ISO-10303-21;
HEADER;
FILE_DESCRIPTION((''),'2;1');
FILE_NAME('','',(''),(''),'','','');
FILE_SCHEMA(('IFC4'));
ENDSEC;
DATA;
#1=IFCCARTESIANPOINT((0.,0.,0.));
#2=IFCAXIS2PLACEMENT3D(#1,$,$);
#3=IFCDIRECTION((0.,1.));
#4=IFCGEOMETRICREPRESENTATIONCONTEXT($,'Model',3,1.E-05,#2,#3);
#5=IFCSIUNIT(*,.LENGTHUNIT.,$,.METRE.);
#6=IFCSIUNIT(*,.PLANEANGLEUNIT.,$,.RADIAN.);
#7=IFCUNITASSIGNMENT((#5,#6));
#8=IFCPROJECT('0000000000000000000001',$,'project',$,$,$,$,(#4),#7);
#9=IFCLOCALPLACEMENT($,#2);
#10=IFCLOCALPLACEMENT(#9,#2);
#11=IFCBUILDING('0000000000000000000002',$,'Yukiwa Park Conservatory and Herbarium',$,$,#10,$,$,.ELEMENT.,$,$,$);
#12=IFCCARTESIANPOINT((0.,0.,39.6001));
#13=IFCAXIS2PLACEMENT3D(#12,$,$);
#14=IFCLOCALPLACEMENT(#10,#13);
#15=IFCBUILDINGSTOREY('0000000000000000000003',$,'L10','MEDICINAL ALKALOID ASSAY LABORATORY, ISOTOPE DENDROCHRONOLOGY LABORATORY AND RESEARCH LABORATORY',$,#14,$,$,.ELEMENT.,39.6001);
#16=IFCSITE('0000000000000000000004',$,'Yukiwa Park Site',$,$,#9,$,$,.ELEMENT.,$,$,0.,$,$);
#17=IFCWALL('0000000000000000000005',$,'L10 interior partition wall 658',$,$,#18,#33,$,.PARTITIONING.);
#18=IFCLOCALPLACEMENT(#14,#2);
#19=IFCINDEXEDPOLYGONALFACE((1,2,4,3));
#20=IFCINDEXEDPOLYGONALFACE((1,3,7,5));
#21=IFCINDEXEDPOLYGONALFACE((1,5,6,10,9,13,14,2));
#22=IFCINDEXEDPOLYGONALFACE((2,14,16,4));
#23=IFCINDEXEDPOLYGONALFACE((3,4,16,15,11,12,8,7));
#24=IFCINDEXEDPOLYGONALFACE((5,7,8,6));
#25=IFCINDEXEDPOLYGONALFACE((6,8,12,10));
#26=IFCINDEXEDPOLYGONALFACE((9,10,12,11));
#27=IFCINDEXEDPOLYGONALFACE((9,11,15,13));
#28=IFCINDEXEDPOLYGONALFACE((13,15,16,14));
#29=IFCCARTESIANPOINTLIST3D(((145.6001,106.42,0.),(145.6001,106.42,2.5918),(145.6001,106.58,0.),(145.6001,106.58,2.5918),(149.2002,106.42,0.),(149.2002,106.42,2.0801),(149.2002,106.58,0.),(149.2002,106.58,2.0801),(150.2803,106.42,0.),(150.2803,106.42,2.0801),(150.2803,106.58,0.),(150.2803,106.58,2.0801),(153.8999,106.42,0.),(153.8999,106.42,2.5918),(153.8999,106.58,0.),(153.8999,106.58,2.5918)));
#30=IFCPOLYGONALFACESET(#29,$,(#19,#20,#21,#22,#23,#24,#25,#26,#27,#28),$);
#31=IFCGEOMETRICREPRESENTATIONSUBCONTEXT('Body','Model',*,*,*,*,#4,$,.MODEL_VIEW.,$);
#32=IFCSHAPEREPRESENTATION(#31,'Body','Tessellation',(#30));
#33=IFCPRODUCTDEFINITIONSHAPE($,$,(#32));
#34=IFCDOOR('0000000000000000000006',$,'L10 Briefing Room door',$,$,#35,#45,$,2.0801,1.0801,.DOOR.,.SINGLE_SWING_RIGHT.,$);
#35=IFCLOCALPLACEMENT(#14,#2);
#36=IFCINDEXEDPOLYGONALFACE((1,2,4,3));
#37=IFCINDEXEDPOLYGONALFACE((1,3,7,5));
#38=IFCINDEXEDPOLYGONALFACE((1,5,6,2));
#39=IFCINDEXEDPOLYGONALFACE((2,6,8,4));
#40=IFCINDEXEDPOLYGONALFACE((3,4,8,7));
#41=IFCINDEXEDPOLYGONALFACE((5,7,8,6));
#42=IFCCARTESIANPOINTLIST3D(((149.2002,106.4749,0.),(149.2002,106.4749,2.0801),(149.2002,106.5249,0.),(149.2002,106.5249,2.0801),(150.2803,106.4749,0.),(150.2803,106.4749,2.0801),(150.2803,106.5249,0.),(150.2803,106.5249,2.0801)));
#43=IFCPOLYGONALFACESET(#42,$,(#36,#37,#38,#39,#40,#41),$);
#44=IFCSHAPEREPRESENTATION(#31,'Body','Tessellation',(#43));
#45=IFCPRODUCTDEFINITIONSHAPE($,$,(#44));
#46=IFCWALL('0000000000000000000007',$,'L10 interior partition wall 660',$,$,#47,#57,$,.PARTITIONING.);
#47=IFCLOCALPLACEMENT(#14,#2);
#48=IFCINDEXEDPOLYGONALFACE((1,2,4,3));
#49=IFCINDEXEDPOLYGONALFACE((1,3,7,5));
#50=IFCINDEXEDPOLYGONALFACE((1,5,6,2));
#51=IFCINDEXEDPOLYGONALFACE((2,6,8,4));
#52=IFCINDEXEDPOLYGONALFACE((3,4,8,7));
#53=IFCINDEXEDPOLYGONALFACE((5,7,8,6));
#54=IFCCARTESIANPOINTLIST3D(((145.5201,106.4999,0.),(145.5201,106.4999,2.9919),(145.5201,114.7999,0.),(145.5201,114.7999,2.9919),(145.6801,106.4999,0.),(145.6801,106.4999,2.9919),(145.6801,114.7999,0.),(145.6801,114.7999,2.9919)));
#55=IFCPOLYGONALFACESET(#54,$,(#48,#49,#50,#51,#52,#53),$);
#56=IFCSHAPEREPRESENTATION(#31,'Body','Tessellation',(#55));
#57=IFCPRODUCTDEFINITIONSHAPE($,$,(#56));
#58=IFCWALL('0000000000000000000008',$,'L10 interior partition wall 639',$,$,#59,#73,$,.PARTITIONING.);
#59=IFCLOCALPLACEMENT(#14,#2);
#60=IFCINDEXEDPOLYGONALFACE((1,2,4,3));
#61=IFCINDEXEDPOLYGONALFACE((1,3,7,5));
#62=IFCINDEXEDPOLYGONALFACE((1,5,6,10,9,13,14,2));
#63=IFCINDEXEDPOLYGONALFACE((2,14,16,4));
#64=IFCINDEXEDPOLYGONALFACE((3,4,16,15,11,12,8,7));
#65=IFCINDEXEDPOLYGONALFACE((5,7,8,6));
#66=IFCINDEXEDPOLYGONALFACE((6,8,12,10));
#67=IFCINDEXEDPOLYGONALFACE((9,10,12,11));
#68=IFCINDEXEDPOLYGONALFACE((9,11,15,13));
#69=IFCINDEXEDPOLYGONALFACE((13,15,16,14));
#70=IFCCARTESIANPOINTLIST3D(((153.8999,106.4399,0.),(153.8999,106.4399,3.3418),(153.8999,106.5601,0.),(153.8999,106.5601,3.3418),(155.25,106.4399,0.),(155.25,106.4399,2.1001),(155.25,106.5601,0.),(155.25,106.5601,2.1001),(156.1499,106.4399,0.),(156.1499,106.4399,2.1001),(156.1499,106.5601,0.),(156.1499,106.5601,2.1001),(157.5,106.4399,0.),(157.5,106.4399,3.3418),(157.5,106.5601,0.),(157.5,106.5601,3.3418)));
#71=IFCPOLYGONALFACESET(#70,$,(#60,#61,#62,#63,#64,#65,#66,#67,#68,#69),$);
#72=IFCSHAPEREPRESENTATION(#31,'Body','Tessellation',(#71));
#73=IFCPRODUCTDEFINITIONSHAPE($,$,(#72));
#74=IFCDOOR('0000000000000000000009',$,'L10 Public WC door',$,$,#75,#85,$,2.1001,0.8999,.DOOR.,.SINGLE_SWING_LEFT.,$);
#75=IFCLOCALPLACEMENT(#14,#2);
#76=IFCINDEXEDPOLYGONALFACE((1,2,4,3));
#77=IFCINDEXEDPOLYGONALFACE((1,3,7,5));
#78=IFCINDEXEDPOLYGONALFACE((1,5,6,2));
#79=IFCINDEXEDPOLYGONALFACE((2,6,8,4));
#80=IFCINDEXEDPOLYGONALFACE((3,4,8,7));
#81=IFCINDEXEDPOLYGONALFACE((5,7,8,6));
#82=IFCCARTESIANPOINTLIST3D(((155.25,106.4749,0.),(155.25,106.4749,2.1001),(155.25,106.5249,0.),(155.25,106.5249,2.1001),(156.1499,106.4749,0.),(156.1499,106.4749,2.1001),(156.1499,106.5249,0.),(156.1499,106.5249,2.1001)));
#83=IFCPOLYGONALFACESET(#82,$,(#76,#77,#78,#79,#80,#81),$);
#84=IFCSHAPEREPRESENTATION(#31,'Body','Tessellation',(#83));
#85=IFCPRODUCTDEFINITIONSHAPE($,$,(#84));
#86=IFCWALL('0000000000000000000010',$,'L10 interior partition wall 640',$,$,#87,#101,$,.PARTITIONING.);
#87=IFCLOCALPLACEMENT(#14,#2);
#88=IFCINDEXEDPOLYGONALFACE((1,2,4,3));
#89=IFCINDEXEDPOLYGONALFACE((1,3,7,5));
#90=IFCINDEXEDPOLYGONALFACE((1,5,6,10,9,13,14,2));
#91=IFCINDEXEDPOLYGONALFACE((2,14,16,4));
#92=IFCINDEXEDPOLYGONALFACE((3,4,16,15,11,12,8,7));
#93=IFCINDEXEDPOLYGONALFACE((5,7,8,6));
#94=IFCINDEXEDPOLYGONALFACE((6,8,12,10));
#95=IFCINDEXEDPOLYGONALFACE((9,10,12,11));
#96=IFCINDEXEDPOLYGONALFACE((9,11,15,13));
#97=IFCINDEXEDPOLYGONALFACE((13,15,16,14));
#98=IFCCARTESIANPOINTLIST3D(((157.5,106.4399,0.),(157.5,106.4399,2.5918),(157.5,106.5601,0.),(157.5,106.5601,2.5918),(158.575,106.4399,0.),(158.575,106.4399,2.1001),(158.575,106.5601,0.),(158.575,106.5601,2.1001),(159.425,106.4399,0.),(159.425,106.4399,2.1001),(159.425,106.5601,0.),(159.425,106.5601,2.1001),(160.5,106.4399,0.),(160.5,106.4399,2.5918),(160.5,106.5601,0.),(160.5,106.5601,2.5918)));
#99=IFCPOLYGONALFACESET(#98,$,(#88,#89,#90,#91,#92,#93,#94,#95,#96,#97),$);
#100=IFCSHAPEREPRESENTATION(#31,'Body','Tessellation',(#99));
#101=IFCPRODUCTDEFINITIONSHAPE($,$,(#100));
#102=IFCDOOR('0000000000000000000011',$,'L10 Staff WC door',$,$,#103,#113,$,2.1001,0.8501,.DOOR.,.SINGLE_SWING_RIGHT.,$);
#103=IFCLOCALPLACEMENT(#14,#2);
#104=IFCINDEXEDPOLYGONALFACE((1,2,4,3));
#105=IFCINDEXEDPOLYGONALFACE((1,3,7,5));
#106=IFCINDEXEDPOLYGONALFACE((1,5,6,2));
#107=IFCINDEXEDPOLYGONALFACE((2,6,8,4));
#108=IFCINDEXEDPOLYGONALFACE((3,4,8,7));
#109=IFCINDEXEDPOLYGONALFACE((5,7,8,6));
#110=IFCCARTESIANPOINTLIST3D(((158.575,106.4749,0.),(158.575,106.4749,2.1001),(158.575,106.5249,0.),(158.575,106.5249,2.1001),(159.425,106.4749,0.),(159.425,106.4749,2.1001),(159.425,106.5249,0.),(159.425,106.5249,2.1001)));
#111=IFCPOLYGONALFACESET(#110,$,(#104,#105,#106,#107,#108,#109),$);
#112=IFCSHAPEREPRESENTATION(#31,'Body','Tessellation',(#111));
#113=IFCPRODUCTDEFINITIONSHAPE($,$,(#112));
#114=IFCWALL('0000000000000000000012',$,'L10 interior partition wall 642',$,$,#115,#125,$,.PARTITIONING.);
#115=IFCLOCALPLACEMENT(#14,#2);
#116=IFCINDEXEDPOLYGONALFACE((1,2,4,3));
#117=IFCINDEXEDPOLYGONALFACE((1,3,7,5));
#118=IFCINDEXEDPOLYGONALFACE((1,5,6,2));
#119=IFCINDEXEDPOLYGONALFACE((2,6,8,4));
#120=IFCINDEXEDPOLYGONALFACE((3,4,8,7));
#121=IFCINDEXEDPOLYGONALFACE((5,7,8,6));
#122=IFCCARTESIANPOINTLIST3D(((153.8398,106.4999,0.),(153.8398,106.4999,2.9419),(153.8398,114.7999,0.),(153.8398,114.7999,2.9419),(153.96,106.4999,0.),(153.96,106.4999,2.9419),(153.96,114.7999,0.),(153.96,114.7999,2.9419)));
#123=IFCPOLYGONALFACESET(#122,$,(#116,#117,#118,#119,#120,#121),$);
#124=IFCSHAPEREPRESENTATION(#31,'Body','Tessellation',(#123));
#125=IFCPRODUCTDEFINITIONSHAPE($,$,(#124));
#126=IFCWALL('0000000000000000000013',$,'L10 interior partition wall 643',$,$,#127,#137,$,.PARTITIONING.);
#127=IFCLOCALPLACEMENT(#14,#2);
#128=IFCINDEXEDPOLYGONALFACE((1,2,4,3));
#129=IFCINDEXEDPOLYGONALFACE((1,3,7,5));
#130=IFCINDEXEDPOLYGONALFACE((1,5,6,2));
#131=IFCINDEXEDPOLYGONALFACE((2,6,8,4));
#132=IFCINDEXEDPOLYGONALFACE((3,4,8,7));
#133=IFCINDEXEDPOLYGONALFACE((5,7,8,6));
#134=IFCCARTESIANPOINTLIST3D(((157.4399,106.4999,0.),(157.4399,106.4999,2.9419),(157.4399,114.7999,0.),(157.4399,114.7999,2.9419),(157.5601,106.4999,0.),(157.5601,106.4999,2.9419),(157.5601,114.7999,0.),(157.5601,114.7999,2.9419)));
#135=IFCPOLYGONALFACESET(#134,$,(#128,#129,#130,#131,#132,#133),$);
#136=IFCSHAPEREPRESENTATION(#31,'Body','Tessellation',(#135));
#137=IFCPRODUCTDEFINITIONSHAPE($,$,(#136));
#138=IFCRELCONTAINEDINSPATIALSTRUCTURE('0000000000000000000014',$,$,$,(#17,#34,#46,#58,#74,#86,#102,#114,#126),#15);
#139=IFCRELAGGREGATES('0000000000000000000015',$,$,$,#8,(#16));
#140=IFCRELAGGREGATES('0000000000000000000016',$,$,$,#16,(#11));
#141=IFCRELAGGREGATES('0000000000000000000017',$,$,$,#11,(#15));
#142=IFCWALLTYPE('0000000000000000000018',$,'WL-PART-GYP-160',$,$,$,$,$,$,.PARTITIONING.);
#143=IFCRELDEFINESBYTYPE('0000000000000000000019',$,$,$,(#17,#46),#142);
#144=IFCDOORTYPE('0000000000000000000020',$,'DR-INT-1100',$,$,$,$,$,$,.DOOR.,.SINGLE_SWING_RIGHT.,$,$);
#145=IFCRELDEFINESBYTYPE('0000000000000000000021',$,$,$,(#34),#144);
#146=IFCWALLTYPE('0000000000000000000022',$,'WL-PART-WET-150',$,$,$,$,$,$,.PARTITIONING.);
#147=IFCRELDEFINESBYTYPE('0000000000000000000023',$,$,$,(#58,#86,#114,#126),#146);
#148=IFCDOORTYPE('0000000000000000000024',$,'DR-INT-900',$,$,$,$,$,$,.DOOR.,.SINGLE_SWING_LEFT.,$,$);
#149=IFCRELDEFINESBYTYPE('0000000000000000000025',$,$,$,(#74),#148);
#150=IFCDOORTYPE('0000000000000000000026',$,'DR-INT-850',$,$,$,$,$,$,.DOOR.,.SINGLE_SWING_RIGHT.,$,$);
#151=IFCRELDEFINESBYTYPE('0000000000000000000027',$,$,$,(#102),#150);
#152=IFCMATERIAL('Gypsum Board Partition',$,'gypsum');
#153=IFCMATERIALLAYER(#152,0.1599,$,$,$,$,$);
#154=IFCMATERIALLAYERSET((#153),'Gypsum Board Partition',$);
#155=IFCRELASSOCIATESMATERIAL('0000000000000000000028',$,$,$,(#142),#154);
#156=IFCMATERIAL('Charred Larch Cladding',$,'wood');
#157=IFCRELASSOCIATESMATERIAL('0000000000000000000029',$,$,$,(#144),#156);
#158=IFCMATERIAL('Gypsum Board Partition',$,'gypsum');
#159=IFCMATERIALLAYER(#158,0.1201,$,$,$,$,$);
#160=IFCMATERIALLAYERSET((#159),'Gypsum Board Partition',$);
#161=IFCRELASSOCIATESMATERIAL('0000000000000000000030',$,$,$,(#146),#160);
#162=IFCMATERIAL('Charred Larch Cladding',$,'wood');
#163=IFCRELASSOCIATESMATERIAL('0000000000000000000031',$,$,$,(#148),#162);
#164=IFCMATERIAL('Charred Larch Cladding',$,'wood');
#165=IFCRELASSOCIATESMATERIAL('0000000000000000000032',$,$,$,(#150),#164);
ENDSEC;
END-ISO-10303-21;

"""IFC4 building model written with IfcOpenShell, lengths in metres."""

from ifc_helpers import new_model, si_unit, direction, frame, frame_2d, origin, place, context, subcontext, project, spatial, rectangle, extrude, material, layer, layer_set, type_object, element, fill, save


model = new_model("IFC4")

# Units and contexts
model_context = context("Model", 3, precision=1e-05, world=origin(), true_north=direction((0.0, 1.0)))
body_context = subcontext(model_context, "Body", "Model", "MODEL_VIEW")
ifc_project = project(units=[si_unit("LENGTHUNIT", "METRE"), si_unit("PLANEANGLEUNIT", "RADIAN")], contexts=[model_context])

# Site, building, storey
site_placement = place(None, origin())
site = spatial("IfcSite", under=ifc_project, at=site_placement, Name="Yukiwa Park Site", CompositionType="ELEMENT", RefElevation=0.0)
building_placement = place(site_placement, origin())
building = spatial("IfcBuilding", under=site, at=building_placement, Name="Yukiwa Park Conservatory and Herbarium", CompositionType="ELEMENT")
storey_placement = place(building_placement, frame((0.0, 0.0, 39.6001)))
storey = spatial("IfcBuildingStorey", under=building, at=storey_placement, Name="L10", Description="MEDICINAL ALKALOID ASSAY LABORATORY, ISOTOPE DENDROCHRONOLOGY LABORATORY AND RESEARCH LABORATORY", CompositionType="ELEMENT", Elevation=39.6001)

# Wall, opening, door
ifc_material_1 = material(Name="Gypsum Board Partition", Category="gypsum")
ifc_layer_1 = layer(ifc_material_1, 0.1599)
ifc_layer_set_1 = layer_set([ifc_layer_1], Name="Gypsum Board Partition")
wall_type_1 = type_object("IfcWallType", Name="WL-PART-GYP-160", PredefinedType="PARTITIONING", material=ifc_layer_set_1)
wall_1_placement = place(storey_placement, frame((145.6001, 106.5, 0.0), z_axis=(0.0, 0.0, 1.0), x_axis=(1.0, 0.0, 0.0)))
wall_1 = element("IfcWall", 1, at=wall_1_placement, inside=storey, type_object=wall_type_1, Name="L10 interior partition wall 658", PredefinedType="PARTITIONING", context=body_context, shape_type="SweptSolid", body=[
    extrude(rectangle(XDim=8.2998, YDim=0.1599, at=frame_2d((4.1499, 0.0))), origin(), (0.0, 0.0, 1.0), 2.5918),
])
opening_1_placement = place(wall_1_placement, frame((3.6001, 0.0, 0.0)))
opening_1 = element("IfcOpeningElement", 2, at=opening_1_placement, cuts=wall_1, PredefinedType="OPENING", context=body_context, shape_type="SweptSolid", body=[
    extrude(rectangle(XDim=1.0801, YDim=2.0801, at=frame_2d((0.54, 1.04))), frame((0.0, 0.0898, 0.0), z_axis=(0.0, -1.0, 0.0), x_axis=(1.0, 0.0, 0.0)), (0.0, 0.0, 1.0), 0.1799),
])
ifc_material_2 = material(Name="Charred Larch Cladding", Category="wood")
door_type_1 = type_object("IfcDoorType", Name="DR-INT-1100", OperationType="SINGLE_SWING_RIGHT", PredefinedType="DOOR", material=ifc_material_2)
door_1_placement = place(opening_1_placement, origin())
door_1 = element("IfcDoor", 3, at=door_1_placement, inside=storey, type_object=door_type_1, Name="L10 Briefing Room door", OperationType="SINGLE_SWING_RIGHT", OverallHeight=2.0801, OverallWidth=1.0801, PredefinedType="DOOR", context=body_context, shape_type="SweptSolid", body=[
    extrude(rectangle(XDim=1.0801, YDim=2.0801, at=frame_2d((0.54, 1.04))), frame((0.0, 0.0249, 0.0), z_axis=(0.0, -1.0, 0.0), x_axis=(1.0, 0.0, 0.0)), (0.0, 0.0, 1.0), 0.05),
])
fill(opening_1, door_1)

# Wall
wall_2_placement = place(storey_placement, frame((145.6001, 106.5, 0.0), z_axis=(0.0, 0.0, 1.0), x_axis=(0.0, 1.0, 0.0)))
element("IfcWall", 4, at=wall_2_placement, inside=storey, type_object=wall_type_1, Name="L10 interior partition wall 660", PredefinedType="PARTITIONING", context=body_context, shape_type="SweptSolid", body=[
    extrude(rectangle(XDim=8.3, YDim=0.1599, at=frame_2d((4.1499, 0.0))), origin(), (0.0, 0.0, 1.0), 2.9919),
])

# Walls, openings, doors
ifc_material_3 = material(Name="Gypsum Board Partition", Category="gypsum")
ifc_layer_2 = layer(ifc_material_3, 0.1201)
ifc_layer_set_2 = layer_set([ifc_layer_2], Name="Gypsum Board Partition")
wall_type_2 = type_object("IfcWallType", Name="WL-PART-WET-150", PredefinedType="PARTITIONING", material=ifc_layer_set_2)
wall_3_placement = place(storey_placement, frame((153.8999, 106.5, 0.0), z_axis=(0.0, 0.0, 1.0), x_axis=(1.0, 0.0, 0.0)))
wall_3 = element("IfcWall", 5, at=wall_3_placement, inside=storey, type_object=wall_type_2, Name="L10 interior partition wall 639", PredefinedType="PARTITIONING", context=body_context, shape_type="SweptSolid", body=[
    extrude(rectangle(XDim=3.6001, YDim=0.1201, at=frame_2d((1.8, 0.0))), origin(), (0.0, 0.0, 1.0), 3.3418),
])
opening_2_placement = place(wall_3_placement, frame((1.3501, 0.0, 0.0)))
opening_2 = element("IfcOpeningElement", 6, at=opening_2_placement, cuts=wall_3, PredefinedType="OPENING", context=body_context, shape_type="SweptSolid", body=[
    extrude(rectangle(XDim=0.8999, YDim=2.1001, at=frame_2d((0.45, 1.05))), frame((0.0, 0.0701, 0.0), z_axis=(0.0, -1.0, 0.0), x_axis=(1.0, 0.0, 0.0)), (0.0, 0.0, 1.0), 0.1401),
])
ifc_material_4 = material(Name="Charred Larch Cladding", Category="wood")
door_type_2 = type_object("IfcDoorType", Name="DR-INT-900", OperationType="SINGLE_SWING_LEFT", PredefinedType="DOOR", material=ifc_material_4)
door_2_placement = place(opening_2_placement, origin())
door_2 = element("IfcDoor", 7, at=door_2_placement, inside=storey, type_object=door_type_2, Name="L10 Public WC door", OperationType="SINGLE_SWING_LEFT", OverallHeight=2.1001, OverallWidth=0.8999, PredefinedType="DOOR", context=body_context, shape_type="SweptSolid", body=[
    extrude(rectangle(XDim=0.8999, YDim=2.1001, at=frame_2d((0.45, 1.05))), frame((0.0, 0.0249, 0.0), z_axis=(0.0, -1.0, 0.0), x_axis=(1.0, 0.0, 0.0)), (0.0, 0.0, 1.0), 0.05),
])
fill(opening_2, door_2)
wall_4_placement = place(storey_placement, frame((157.5, 106.5, 0.0), z_axis=(0.0, 0.0, 1.0), x_axis=(1.0, 0.0, 0.0)))
wall_4 = element("IfcWall", 8, at=wall_4_placement, inside=storey, type_object=wall_type_2, Name="L10 interior partition wall 640", PredefinedType="PARTITIONING", context=body_context, shape_type="SweptSolid", body=[
    extrude(rectangle(XDim=3.0, YDim=0.1201, at=frame_2d((1.5, 0.0))), origin(), (0.0, 0.0, 1.0), 2.5918),
])
opening_3_placement = place(wall_4_placement, frame((1.075, 0.0, 0.0)))
opening_3 = element("IfcOpeningElement", 9, at=opening_3_placement, cuts=wall_4, PredefinedType="OPENING", context=body_context, shape_type="SweptSolid", body=[
    extrude(rectangle(XDim=0.8501, YDim=2.1001, at=frame_2d((0.425, 1.05))), frame((0.0, 0.0701, 0.0), z_axis=(0.0, -1.0, 0.0), x_axis=(1.0, 0.0, 0.0)), (0.0, 0.0, 1.0), 0.1401),
])
ifc_material_5 = material(Name="Charred Larch Cladding", Category="wood")
door_type_3 = type_object("IfcDoorType", Name="DR-INT-850", OperationType="SINGLE_SWING_RIGHT", PredefinedType="DOOR", material=ifc_material_5)
door_3_placement = place(opening_3_placement, origin())
door_3 = element("IfcDoor", 10, at=door_3_placement, inside=storey, type_object=door_type_3, Name="L10 Staff WC door", OperationType="SINGLE_SWING_RIGHT", OverallHeight=2.1001, OverallWidth=0.8501, PredefinedType="DOOR", context=body_context, shape_type="SweptSolid", body=[
    extrude(rectangle(XDim=0.8501, YDim=2.1001, at=frame_2d((0.425, 1.05))), frame((0.0, 0.0249, 0.0), z_axis=(0.0, -1.0, 0.0), x_axis=(1.0, 0.0, 0.0)), (0.0, 0.0, 1.0), 0.05),
])
fill(opening_3, door_3)

# Walls
for number, where, z_axis, x_axis, name in (
    (11, (153.8999, 106.5, 0.0), (0.0, 0.0, 1.0), (0.0, 1.0, 0.0), "L10 interior partition wall 642"),
    (12, (157.5, 106.5, 0.0), (0.0, 0.0, 1.0), (0.0, 1.0, 0.0), "L10 interior partition wall 643"),
):
    element("IfcWall", number, at=place(storey_placement, frame(where, z_axis=z_axis, x_axis=x_axis)), inside=storey, type_object=wall_type_2, Name=name, PredefinedType="PARTITIONING", context=body_context, shape_type="SweptSolid", body=[
        extrude(rectangle(XDim=8.3, YDim=0.1201, at=frame_2d((4.1499, 0.0))), origin(), (0.0, 0.0, 1.0), 2.9419),
    ])

save(model, "model.ifc")
